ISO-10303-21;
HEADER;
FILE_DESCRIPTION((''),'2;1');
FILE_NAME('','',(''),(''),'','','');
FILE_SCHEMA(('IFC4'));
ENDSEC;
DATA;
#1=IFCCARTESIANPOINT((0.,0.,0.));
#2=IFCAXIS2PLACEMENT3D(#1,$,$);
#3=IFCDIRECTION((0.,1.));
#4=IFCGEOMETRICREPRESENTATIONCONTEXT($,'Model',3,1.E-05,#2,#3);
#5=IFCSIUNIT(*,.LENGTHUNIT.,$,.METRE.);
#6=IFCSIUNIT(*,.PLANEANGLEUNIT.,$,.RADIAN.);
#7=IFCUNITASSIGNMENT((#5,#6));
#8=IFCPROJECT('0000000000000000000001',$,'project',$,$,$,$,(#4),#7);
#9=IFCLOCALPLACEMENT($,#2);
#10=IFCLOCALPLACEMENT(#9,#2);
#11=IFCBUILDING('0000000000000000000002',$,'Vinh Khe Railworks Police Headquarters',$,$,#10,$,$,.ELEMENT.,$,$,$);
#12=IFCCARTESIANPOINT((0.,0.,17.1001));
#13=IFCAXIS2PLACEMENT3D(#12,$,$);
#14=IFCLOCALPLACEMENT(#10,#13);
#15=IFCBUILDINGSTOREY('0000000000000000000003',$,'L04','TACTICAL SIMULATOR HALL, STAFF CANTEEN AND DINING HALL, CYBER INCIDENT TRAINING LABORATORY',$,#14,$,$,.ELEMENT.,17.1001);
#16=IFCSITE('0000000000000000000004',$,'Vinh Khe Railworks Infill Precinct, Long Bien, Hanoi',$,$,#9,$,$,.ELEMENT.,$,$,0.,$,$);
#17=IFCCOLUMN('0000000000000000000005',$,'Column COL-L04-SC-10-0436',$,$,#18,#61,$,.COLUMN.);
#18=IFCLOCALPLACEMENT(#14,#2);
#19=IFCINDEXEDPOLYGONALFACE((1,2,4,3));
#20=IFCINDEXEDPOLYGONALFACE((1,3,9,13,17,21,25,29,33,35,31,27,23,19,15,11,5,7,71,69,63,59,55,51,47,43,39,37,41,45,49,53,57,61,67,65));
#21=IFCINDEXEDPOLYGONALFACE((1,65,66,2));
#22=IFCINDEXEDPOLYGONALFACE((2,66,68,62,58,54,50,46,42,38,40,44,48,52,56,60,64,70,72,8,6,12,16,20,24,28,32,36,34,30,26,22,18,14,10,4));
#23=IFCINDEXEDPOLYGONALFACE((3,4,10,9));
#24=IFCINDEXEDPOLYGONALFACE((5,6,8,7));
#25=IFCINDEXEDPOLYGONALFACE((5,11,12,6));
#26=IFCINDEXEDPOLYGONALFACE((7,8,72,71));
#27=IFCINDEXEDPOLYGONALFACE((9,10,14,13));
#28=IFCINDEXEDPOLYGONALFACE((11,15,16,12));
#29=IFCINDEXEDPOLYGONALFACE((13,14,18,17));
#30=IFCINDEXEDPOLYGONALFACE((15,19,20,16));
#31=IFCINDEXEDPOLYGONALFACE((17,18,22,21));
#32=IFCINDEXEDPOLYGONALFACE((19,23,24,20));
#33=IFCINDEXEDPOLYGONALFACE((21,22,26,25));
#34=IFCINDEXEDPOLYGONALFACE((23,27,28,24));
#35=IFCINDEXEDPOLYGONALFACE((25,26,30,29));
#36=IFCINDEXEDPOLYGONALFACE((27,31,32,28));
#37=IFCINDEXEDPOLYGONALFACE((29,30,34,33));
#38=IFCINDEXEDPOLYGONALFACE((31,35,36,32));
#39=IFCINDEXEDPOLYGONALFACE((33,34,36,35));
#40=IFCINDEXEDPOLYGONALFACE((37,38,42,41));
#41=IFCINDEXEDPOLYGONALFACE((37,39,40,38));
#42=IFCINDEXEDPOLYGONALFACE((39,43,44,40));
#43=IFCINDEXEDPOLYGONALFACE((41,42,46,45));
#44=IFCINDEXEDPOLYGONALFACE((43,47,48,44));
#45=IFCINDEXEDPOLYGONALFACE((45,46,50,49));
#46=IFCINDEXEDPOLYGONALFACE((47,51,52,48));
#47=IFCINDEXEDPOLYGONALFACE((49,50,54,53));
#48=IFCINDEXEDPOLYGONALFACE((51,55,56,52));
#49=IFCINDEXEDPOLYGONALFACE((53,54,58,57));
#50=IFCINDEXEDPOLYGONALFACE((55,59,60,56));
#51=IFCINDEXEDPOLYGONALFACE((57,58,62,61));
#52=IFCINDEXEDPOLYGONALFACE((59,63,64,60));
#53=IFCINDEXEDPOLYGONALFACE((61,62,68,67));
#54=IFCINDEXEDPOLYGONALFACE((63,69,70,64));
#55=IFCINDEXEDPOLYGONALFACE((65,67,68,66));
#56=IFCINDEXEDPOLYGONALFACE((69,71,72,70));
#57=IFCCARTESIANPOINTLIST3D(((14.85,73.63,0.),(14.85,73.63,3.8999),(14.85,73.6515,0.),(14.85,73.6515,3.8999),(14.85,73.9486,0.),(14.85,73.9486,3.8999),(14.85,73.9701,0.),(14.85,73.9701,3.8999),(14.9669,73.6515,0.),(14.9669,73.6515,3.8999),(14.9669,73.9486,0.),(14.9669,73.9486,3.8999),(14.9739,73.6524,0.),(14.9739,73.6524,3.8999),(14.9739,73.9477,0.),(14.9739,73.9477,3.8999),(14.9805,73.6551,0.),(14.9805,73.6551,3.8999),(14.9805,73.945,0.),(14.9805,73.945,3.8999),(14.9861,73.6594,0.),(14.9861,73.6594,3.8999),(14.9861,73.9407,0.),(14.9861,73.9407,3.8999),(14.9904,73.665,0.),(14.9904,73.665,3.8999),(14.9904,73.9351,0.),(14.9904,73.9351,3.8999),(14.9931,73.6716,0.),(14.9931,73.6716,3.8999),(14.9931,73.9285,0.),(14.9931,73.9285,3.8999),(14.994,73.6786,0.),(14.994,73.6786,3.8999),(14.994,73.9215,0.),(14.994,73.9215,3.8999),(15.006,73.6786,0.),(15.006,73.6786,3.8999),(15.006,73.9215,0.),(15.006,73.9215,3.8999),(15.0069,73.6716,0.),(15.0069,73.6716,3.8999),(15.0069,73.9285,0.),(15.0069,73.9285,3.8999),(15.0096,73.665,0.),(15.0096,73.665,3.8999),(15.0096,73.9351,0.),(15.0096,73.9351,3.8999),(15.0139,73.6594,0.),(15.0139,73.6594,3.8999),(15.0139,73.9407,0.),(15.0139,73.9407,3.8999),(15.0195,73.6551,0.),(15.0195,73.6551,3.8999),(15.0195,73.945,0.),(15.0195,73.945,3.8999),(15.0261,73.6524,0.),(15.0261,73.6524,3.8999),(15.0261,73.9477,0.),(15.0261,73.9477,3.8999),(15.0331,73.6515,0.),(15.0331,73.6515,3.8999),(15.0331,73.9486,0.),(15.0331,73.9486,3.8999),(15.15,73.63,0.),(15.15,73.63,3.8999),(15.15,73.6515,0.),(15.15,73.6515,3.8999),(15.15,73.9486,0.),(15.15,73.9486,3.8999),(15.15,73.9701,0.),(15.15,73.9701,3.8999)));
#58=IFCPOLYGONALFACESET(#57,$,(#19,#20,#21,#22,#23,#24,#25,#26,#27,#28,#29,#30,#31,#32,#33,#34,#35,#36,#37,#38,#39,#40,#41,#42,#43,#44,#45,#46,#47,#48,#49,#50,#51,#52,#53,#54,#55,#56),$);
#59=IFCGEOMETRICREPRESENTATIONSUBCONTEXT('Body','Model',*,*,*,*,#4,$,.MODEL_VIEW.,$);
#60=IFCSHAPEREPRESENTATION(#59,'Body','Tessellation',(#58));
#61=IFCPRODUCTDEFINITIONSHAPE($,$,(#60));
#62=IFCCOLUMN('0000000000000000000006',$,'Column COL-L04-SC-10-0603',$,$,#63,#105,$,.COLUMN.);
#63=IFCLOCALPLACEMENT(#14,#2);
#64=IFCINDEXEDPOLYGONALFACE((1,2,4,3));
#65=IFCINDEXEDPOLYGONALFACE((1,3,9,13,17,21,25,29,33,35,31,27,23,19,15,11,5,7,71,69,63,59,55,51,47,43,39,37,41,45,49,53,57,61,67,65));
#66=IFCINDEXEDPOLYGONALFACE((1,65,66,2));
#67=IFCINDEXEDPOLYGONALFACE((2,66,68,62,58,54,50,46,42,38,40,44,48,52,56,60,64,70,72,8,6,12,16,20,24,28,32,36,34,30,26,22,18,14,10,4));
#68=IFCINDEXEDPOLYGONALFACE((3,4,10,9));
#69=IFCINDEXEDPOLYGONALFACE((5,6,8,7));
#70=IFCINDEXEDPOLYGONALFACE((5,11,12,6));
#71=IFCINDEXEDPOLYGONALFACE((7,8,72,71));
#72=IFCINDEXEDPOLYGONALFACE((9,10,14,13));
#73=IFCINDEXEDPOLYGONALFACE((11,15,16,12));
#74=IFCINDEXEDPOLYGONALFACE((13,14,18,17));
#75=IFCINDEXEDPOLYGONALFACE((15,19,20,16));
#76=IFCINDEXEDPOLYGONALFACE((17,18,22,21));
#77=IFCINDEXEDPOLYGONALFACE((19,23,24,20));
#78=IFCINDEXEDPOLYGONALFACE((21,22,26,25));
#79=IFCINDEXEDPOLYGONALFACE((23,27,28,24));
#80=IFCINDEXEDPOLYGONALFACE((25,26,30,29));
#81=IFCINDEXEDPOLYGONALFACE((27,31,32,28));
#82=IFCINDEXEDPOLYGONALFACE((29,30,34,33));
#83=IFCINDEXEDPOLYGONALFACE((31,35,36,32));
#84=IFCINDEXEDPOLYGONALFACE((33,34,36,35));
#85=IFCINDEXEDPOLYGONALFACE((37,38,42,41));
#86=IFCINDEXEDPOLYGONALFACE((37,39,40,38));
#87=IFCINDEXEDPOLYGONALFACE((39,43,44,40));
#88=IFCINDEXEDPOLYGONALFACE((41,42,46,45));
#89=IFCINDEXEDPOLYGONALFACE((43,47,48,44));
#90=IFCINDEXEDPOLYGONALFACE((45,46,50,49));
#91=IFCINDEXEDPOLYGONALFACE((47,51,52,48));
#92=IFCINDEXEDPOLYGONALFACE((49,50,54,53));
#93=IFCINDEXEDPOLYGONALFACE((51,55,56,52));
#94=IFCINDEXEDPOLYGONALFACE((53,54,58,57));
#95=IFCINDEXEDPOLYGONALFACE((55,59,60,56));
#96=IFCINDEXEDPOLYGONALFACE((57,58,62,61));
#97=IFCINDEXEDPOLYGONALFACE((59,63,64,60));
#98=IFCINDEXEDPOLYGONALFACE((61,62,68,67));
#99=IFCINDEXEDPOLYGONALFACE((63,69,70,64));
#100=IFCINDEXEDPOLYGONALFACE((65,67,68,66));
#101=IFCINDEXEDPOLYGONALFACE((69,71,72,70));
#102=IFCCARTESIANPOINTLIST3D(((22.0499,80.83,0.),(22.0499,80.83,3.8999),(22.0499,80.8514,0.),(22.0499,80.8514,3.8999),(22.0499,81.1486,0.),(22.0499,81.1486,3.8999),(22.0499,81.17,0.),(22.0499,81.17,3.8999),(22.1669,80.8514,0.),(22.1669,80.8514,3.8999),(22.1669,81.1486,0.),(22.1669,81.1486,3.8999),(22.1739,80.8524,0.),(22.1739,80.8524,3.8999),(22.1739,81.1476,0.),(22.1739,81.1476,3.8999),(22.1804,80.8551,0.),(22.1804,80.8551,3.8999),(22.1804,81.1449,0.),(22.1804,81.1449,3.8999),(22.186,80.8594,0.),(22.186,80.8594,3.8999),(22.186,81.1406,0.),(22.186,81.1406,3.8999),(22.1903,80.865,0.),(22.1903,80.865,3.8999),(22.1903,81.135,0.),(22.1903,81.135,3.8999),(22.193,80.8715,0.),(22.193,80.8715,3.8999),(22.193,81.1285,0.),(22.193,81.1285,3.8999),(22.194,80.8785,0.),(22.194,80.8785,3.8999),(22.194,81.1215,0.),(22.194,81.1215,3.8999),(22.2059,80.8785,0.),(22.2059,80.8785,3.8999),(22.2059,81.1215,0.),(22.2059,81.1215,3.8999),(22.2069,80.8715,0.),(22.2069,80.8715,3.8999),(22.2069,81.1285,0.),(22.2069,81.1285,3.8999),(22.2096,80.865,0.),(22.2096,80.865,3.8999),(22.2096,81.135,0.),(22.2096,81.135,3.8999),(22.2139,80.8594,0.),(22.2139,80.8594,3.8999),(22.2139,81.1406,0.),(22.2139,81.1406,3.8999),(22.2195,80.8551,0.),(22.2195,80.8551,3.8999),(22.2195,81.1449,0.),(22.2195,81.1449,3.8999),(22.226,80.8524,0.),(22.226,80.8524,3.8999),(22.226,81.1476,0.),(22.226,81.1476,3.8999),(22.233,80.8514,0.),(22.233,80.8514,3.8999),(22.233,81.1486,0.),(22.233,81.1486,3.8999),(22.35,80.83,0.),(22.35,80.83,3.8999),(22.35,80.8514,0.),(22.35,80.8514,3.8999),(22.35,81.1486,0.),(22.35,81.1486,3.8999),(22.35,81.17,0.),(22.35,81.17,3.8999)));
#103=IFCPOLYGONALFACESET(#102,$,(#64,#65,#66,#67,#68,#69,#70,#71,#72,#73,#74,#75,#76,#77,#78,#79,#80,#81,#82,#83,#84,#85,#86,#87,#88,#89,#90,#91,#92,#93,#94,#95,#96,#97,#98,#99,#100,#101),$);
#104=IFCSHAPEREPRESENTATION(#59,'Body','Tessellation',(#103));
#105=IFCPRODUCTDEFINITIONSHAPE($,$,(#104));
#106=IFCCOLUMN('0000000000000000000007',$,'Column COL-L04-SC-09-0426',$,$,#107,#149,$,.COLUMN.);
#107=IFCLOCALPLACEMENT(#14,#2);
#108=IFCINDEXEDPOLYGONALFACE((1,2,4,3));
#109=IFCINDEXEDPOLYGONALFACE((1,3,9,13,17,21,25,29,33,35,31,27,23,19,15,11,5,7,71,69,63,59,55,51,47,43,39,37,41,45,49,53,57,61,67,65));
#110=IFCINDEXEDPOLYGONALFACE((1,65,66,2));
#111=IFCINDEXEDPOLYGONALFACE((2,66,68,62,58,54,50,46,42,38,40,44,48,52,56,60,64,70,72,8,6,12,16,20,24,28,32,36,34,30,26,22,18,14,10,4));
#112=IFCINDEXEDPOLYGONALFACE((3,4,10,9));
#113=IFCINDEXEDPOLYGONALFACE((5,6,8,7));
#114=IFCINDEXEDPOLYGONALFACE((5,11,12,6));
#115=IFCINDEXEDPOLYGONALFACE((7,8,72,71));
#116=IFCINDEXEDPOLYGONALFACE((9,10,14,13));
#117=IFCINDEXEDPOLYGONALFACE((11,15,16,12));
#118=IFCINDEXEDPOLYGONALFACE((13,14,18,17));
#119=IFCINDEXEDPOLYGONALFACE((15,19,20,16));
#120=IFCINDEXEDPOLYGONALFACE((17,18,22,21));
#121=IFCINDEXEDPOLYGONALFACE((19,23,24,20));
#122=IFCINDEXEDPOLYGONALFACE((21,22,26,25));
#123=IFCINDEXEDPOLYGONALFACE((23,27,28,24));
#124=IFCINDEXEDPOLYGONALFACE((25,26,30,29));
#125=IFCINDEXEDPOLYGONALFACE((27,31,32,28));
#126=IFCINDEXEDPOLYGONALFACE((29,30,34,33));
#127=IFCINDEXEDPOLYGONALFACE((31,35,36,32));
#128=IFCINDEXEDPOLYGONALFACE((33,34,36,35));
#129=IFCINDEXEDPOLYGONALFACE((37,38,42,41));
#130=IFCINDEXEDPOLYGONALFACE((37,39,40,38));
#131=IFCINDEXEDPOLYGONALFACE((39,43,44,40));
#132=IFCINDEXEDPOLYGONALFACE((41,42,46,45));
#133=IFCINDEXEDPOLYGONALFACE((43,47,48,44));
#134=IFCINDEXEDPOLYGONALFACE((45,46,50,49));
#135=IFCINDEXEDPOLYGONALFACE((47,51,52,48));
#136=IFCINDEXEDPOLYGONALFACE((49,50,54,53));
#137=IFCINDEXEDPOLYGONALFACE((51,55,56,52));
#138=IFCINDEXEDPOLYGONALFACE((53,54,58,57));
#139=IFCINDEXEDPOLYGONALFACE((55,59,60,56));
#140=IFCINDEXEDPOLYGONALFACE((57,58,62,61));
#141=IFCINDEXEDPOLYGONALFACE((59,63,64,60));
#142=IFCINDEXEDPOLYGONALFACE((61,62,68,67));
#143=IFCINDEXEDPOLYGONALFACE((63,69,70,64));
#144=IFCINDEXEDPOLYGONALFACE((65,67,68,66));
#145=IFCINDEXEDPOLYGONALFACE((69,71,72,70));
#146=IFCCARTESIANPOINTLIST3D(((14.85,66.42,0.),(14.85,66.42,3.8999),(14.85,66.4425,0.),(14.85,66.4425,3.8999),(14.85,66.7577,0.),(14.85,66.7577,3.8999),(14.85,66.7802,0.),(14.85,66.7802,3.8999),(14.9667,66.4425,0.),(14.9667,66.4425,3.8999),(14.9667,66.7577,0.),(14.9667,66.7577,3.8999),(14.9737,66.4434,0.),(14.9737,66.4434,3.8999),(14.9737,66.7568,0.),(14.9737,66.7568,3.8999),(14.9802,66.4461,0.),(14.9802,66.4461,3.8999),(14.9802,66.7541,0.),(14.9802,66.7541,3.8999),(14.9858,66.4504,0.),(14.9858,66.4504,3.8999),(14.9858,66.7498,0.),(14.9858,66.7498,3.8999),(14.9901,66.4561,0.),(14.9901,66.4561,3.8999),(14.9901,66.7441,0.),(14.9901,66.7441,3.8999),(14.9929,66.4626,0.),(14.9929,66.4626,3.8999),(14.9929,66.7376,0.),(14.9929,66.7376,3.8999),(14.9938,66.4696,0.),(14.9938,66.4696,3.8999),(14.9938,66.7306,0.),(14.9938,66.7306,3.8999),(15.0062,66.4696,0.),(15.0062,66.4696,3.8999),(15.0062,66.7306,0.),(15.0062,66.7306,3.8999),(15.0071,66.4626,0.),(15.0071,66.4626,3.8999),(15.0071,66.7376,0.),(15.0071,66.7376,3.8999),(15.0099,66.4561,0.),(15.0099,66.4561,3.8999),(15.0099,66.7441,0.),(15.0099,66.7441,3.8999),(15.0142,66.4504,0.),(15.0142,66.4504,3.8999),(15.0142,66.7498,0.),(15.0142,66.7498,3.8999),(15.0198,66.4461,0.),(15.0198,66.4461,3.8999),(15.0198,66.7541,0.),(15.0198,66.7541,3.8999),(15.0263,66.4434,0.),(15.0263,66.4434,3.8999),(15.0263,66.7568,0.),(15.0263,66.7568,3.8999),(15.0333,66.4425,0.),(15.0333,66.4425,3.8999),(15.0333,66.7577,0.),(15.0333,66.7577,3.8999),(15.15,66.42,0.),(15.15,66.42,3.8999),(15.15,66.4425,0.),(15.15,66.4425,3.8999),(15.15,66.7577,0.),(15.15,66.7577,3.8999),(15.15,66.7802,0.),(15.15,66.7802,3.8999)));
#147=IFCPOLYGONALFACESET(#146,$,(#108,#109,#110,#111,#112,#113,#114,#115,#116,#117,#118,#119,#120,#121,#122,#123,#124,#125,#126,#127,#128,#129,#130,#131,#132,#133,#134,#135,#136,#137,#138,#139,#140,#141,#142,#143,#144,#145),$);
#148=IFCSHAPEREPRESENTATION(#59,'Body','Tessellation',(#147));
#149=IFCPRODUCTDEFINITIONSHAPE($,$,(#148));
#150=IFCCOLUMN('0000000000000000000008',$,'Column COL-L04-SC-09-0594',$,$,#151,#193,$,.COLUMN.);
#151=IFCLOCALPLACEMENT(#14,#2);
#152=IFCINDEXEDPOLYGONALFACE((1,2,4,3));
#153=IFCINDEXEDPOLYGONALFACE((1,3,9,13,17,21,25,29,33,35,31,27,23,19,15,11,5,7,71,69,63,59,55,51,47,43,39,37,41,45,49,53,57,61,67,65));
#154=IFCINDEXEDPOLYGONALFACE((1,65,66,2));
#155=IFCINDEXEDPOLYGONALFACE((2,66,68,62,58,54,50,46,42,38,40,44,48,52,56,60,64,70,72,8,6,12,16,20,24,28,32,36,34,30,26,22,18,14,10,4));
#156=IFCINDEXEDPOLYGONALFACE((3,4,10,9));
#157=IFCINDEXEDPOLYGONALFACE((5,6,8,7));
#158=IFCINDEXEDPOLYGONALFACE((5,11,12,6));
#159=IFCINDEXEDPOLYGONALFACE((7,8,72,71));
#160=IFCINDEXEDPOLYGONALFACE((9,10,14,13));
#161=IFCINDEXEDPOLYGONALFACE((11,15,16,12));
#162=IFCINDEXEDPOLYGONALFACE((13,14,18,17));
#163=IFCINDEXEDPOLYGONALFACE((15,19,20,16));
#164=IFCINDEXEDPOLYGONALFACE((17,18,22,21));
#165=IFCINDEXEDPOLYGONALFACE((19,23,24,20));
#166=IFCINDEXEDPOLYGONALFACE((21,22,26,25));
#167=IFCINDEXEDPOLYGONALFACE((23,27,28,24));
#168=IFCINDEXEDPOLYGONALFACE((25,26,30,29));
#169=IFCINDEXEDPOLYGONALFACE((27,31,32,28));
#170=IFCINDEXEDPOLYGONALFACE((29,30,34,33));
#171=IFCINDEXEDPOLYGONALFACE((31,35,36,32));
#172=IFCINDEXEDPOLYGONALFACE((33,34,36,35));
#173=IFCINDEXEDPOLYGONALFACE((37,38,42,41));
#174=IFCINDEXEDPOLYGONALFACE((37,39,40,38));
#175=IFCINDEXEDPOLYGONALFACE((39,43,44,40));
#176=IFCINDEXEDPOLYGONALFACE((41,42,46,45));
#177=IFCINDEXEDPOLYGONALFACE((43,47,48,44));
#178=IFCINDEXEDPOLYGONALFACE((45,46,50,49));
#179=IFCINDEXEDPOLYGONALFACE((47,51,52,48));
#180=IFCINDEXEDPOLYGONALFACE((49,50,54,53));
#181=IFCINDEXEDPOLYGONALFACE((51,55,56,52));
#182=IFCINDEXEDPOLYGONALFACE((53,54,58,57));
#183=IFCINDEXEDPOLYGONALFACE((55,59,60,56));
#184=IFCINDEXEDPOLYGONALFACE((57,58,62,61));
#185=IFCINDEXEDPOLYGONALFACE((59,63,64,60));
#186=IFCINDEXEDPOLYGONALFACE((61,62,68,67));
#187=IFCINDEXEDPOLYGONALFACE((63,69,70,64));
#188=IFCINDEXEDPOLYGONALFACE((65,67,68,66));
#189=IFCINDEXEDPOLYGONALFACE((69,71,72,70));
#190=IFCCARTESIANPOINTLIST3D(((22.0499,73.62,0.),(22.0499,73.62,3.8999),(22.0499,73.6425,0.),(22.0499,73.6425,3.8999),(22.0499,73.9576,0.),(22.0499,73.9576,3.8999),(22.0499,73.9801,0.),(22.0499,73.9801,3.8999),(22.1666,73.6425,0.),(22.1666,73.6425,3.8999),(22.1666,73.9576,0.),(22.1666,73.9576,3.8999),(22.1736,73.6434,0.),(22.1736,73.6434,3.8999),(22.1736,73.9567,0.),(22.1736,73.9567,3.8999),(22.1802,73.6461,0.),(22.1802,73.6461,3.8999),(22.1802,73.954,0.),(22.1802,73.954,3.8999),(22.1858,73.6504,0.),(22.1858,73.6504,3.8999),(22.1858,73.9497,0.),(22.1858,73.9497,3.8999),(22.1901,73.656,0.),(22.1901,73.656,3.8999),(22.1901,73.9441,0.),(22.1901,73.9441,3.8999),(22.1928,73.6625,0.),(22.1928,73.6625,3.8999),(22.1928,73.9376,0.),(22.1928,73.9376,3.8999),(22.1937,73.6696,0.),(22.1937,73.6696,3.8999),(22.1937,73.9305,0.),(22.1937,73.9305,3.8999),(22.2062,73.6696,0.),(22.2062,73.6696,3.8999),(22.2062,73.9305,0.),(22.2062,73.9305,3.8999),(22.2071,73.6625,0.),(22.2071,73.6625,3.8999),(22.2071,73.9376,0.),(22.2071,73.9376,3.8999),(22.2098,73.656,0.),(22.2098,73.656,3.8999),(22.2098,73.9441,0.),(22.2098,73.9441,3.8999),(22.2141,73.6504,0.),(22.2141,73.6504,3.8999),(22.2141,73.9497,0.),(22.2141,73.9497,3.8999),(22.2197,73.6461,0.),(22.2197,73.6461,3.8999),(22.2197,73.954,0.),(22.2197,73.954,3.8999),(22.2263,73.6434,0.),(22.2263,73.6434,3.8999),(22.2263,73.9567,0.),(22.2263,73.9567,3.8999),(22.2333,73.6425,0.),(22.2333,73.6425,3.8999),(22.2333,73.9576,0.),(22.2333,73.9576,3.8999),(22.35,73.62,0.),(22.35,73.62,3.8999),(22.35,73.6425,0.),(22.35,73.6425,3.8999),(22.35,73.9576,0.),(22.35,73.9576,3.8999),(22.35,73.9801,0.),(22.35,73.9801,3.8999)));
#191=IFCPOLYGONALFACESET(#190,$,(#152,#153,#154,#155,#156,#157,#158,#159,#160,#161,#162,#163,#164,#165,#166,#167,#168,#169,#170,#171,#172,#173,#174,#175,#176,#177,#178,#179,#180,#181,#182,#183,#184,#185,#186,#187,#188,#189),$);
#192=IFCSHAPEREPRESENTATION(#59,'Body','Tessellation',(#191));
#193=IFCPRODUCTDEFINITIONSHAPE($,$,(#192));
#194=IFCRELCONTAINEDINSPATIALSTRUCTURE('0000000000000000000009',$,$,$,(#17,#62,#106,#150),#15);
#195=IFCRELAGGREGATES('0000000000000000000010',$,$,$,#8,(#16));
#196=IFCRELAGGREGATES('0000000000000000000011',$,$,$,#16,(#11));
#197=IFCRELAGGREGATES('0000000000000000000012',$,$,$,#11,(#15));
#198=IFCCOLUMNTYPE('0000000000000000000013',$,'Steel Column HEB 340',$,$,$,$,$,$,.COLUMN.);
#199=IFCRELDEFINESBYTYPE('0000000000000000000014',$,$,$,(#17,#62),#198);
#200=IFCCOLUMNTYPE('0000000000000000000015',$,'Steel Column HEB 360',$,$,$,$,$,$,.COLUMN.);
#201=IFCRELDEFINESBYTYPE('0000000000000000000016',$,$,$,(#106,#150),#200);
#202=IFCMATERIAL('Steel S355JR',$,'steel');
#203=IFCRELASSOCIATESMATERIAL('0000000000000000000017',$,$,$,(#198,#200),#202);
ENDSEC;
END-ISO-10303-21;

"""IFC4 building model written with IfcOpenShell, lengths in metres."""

from ifc_helpers import new_model, si_unit, direction, frame, origin, origin_2d, place, context, subcontext, project, spatial, i_section, extrude, material, material_profile, profile_set, type_object, element, save


model = new_model("IFC4")

# Units and contexts
model_context = context("Model", 3, precision=1e-05, world=origin(), true_north=direction((0.0, 1.0)))
body_context = subcontext(model_context, "Body", "Model", "MODEL_VIEW")
ifc_project = project(units=[si_unit("LENGTHUNIT", "METRE"), si_unit("PLANEANGLEUNIT", "RADIAN")], contexts=[model_context])

# Site, building, storey
site_placement = place(None, origin())
site = spatial("IfcSite", under=ifc_project, at=site_placement, Name="Vinh Khe Railworks Infill Precinct, Long Bien, Hanoi", CompositionType="ELEMENT", RefElevation=0.0)
building_placement = place(site_placement, origin())
building = spatial("IfcBuilding", under=site, at=building_placement, Name="Vinh Khe Railworks Police Headquarters", CompositionType="ELEMENT")
storey_placement = place(building_placement, frame((0.0, 0.0, 17.1001)))
storey = spatial("IfcBuildingStorey", under=building, at=storey_placement, Name="L04", Description="TACTICAL SIMULATOR HALL, STAFF CANTEEN AND DINING HALL, CYBER INCIDENT TRAINING LABORATORY", CompositionType="ELEMENT", Elevation=17.1001)

# Columns
ifc_material_1 = material(Name="Steel S355JR", Category="steel")
ifc_material_profile_1 = material_profile(ifc_material_1, i_section(OverallWidth=0.3, OverallDepth=0.3401, WebThickness=0.012, FlangeThickness=0.0215, FilletRadius=0.0271, at=origin_2d()), Name="HEB 340")
ifc_profile_set_1 = profile_set([ifc_material_profile_1], Name="Steel S355JR")
column_type_1 = type_object("IfcColumnType", Name="Steel Column HEB 340", PredefinedType="COLUMN", material=ifc_profile_set_1)
for number, where, z_axis, x_axis, name in (
    (1, (15.0, 73.8, 0.0), (0.0, 0.0, 1.0), (1.0, 0.0, 0.0), "Column COL-L04-SC-10-0436"),
    (2, (22.2, 81.0, 0.0), (0.0, 0.0, 1.0), (1.0, 0.0, 0.0), "Column COL-L04-SC-10-0603"),
):
    element("IfcColumn", number, at=place(storey_placement, frame(where, z_axis=z_axis, x_axis=x_axis)), inside=storey, type_object=column_type_1, Name=name, PredefinedType="COLUMN", context=body_context, shape_type="SweptSolid", body=[
        extrude(i_section(OverallWidth=0.3, OverallDepth=0.3401, WebThickness=0.012, FlangeThickness=0.0215, FilletRadius=0.0271, at=origin_2d()), origin(), (0.0, 0.0, 1.0), 3.8999),
    ])
ifc_material_profile_2 = material_profile(ifc_material_1, i_section(OverallWidth=0.3, OverallDepth=0.3601, WebThickness=0.0125, FlangeThickness=0.0225, FilletRadius=0.0271, at=origin_2d()), Name="HEB 360")
ifc_profile_set_2 = profile_set([ifc_material_profile_2], Name="Steel S355JR")
column_type_2 = type_object("IfcColumnType", Name="Steel Column HEB 360", PredefinedType="COLUMN", material=ifc_profile_set_2)
for number, where, z_axis, x_axis, name in (
    (3, (15.0, 66.6001, 0.0), (0.0, 0.0, 1.0), (1.0, 0.0, 0.0), "Column COL-L04-SC-09-0426"),
    (4, (22.2, 73.8, 0.0), (0.0, 0.0, 1.0), (1.0, 0.0, 0.0), "Column COL-L04-SC-09-0594"),
):
    element("IfcColumn", number, at=place(storey_placement, frame(where, z_axis=z_axis, x_axis=x_axis)), inside=storey, type_object=column_type_2, Name=name, PredefinedType="COLUMN", context=body_context, shape_type="SweptSolid", body=[
        extrude(i_section(OverallWidth=0.3, OverallDepth=0.3601, WebThickness=0.0125, FlangeThickness=0.0225, FilletRadius=0.0271, at=origin_2d()), origin(), (0.0, 0.0, 1.0), 3.8999),
    ])

save(model, "model.ifc")
